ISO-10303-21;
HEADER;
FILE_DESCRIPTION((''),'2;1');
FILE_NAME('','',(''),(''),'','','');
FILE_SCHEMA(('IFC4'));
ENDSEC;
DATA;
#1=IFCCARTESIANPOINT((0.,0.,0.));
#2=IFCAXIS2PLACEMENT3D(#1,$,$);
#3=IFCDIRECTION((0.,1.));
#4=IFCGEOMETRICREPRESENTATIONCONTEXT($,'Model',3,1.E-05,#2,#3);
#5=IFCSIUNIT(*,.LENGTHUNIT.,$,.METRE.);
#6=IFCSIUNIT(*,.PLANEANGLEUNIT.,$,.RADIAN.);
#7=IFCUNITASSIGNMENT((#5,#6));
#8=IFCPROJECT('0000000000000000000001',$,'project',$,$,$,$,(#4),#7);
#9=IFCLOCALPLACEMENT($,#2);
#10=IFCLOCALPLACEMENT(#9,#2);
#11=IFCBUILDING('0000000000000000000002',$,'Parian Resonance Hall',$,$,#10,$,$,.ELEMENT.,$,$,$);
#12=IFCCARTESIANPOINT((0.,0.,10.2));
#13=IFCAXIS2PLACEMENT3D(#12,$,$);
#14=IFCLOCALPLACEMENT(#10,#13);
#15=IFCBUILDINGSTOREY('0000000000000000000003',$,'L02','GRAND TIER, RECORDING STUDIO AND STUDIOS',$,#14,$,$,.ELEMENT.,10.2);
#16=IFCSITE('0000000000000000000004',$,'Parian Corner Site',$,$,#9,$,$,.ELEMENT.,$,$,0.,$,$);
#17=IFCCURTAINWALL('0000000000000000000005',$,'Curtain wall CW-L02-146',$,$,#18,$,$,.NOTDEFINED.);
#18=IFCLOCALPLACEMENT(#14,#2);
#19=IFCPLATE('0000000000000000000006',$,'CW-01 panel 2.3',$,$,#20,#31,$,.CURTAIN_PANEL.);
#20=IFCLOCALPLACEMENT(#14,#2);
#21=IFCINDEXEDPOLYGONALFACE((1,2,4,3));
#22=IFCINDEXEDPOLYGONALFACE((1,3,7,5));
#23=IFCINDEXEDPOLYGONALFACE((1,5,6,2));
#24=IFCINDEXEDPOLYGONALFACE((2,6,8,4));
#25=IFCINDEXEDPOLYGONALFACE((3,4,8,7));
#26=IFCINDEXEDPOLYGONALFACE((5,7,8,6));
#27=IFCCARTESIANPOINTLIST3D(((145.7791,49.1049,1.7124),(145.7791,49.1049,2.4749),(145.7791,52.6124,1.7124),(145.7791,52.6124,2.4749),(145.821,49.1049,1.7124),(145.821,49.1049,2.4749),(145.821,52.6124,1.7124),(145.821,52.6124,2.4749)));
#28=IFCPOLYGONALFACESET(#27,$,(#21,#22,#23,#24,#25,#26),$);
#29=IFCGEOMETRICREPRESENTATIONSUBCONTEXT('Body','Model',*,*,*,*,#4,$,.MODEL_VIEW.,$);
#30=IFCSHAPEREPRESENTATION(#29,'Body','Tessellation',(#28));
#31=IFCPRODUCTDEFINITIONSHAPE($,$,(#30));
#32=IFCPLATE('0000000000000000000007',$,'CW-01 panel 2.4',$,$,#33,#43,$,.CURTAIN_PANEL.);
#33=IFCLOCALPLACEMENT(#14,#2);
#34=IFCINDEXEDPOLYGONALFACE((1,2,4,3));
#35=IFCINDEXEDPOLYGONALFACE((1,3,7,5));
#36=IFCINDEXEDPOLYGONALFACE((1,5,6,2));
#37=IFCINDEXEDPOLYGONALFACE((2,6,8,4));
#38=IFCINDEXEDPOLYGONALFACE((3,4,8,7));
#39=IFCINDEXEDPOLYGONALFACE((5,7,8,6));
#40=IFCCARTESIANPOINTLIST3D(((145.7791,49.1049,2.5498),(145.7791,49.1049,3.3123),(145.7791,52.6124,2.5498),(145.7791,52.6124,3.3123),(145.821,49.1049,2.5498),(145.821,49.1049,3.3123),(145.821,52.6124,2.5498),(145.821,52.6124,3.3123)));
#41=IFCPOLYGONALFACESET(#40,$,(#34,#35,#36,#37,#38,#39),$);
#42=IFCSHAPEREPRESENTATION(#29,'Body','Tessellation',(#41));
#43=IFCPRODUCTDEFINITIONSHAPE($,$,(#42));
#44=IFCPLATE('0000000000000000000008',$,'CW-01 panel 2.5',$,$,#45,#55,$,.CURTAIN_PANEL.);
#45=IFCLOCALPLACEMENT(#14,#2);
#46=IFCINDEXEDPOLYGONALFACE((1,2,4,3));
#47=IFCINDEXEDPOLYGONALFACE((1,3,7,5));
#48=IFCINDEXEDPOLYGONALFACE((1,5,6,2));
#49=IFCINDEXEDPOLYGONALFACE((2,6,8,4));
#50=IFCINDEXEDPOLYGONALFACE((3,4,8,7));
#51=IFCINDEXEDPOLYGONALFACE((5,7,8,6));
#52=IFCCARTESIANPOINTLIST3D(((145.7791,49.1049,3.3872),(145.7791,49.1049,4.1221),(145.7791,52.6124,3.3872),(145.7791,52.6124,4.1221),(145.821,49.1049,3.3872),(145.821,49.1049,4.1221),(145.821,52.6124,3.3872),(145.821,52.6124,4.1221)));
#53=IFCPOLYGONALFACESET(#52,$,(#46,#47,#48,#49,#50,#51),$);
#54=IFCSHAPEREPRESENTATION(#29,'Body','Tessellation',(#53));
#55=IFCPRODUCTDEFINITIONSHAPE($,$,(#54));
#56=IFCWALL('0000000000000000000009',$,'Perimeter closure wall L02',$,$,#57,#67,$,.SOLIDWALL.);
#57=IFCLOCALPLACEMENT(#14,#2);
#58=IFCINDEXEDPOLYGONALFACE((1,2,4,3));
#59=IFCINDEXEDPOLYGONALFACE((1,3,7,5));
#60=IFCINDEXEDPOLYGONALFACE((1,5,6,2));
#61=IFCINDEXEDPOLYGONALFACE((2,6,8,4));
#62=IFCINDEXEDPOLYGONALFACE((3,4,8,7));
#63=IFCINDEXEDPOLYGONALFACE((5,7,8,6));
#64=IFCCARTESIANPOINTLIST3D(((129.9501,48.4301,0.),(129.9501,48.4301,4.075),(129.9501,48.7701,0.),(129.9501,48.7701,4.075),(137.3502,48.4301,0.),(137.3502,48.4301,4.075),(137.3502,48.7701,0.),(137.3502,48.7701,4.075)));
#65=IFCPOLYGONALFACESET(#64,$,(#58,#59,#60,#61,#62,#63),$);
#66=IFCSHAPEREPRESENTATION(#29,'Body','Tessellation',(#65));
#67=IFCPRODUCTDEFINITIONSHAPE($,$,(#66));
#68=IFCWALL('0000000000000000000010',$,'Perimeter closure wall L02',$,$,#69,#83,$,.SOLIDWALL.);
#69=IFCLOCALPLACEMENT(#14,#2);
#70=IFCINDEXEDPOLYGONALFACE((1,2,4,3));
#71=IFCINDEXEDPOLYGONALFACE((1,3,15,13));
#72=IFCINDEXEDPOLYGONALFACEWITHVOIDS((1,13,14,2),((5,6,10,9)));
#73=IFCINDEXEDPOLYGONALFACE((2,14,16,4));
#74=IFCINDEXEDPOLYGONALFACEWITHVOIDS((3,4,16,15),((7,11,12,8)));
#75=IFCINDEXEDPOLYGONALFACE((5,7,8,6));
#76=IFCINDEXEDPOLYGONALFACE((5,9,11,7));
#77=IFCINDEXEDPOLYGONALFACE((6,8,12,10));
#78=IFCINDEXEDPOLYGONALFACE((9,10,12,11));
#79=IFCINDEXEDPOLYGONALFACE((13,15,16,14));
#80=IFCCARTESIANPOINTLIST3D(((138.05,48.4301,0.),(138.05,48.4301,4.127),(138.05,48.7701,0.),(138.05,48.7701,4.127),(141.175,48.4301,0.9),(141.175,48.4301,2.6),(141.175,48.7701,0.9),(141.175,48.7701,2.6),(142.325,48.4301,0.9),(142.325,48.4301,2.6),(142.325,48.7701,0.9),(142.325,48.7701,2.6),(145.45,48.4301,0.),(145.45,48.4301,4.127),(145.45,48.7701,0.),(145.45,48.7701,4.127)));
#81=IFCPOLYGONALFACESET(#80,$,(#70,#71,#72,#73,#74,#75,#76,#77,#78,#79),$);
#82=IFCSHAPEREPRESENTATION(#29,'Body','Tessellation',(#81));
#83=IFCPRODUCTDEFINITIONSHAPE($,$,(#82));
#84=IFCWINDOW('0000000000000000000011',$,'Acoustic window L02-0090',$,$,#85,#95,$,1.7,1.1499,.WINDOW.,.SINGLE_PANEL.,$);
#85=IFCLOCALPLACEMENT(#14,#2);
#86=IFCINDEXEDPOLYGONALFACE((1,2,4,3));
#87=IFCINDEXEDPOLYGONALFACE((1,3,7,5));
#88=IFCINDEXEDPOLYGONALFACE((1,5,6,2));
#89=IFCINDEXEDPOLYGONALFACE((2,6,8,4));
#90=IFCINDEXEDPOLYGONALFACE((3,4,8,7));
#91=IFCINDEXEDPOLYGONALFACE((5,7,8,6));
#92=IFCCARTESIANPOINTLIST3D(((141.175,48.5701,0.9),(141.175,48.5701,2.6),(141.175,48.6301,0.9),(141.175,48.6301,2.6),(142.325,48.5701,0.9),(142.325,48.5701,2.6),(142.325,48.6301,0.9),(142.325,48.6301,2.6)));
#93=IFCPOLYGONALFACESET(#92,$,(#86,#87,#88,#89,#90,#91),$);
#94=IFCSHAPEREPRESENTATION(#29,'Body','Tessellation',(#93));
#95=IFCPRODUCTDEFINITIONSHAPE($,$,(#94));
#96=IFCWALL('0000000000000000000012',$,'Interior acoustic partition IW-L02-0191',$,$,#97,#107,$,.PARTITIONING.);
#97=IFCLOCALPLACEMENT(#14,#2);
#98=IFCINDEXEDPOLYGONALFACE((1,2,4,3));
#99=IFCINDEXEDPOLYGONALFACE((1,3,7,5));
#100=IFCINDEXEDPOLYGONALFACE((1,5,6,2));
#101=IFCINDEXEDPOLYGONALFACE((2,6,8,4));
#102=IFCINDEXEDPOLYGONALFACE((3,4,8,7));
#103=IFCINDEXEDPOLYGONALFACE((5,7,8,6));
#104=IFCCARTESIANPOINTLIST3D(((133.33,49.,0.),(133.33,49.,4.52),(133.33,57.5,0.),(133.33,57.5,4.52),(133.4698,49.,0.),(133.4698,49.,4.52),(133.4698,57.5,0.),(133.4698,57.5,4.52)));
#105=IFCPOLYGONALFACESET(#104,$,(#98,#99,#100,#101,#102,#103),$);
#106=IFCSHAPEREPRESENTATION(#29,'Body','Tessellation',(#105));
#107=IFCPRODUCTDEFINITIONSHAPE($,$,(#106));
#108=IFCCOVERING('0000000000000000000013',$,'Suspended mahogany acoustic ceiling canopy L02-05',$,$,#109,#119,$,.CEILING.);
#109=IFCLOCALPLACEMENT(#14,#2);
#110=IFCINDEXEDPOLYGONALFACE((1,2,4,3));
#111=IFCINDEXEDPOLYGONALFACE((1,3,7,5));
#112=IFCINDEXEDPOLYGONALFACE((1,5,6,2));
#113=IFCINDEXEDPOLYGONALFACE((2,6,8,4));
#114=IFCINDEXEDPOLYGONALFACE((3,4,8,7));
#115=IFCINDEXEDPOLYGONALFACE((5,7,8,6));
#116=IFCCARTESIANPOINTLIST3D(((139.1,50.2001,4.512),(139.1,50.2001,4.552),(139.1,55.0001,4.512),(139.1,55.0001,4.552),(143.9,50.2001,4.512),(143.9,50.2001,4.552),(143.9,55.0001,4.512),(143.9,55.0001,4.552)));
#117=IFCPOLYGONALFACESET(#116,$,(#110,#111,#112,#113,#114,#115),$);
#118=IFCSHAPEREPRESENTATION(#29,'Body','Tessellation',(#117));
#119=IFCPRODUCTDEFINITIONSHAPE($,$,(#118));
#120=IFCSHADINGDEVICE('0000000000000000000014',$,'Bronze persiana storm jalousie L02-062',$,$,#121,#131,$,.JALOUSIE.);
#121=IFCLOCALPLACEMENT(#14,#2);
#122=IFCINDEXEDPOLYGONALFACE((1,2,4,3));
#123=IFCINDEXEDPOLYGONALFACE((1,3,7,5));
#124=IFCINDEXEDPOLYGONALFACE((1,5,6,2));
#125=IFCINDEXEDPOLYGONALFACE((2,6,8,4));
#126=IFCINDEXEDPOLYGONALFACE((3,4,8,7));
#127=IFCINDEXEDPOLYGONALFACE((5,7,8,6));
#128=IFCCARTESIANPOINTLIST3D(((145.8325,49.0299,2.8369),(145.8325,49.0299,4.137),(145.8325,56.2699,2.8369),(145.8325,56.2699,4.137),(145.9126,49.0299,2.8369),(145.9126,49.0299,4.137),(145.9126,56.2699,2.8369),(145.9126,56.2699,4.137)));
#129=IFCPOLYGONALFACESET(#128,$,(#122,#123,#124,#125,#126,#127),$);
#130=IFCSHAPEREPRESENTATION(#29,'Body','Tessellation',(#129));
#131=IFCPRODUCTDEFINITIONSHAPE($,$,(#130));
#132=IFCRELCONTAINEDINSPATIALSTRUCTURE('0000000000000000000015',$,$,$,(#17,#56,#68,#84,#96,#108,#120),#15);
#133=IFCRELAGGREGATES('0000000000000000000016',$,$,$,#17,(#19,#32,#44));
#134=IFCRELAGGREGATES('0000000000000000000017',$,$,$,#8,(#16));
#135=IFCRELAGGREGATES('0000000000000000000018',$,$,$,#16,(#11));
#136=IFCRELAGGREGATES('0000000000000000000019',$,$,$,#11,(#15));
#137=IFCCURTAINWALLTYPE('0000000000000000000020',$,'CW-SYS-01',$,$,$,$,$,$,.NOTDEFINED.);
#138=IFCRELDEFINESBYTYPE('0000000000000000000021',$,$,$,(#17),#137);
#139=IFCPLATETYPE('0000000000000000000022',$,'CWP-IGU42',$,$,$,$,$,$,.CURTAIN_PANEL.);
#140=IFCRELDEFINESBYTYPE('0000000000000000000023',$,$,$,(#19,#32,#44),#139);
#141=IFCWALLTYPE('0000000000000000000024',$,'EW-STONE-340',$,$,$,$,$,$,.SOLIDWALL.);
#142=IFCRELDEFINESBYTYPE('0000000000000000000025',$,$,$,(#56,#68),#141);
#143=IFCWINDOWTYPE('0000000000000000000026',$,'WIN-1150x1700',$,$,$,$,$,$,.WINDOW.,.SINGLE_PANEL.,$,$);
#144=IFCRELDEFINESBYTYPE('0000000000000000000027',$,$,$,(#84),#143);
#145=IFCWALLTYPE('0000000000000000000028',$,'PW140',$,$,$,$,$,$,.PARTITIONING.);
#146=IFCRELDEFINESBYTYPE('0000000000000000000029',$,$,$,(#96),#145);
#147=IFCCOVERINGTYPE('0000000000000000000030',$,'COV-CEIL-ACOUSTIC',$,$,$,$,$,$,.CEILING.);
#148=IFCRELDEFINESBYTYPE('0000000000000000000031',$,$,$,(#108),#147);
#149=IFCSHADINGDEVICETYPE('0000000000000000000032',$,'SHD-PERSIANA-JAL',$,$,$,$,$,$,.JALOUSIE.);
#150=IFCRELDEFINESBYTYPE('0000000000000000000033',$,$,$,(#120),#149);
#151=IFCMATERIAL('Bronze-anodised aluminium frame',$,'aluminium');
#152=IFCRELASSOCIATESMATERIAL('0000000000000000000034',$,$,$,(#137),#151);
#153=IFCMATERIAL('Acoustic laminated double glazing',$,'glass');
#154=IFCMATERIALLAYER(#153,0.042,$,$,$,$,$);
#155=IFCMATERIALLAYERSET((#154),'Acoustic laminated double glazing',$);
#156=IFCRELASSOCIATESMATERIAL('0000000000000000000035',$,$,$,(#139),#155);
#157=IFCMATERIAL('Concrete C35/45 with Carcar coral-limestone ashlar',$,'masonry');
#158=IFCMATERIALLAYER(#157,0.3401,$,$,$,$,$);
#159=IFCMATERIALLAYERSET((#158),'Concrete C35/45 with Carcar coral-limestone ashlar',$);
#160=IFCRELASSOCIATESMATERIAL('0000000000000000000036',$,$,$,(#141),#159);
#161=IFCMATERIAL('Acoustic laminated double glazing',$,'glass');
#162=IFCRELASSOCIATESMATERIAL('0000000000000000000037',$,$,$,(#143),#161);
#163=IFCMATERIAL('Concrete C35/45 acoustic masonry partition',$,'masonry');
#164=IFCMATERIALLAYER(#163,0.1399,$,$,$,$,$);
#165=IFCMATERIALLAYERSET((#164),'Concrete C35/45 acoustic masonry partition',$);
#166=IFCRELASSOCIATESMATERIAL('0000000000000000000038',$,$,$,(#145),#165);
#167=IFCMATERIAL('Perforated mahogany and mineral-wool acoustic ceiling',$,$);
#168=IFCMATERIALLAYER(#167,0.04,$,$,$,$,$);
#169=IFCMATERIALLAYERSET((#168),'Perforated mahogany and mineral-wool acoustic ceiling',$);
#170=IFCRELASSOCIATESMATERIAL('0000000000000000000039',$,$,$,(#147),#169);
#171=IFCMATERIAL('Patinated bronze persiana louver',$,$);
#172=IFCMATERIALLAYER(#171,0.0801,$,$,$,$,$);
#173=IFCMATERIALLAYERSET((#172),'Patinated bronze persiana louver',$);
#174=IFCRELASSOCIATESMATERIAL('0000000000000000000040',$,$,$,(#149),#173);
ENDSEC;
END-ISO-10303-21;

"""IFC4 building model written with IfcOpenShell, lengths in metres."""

from ifc_helpers import new_model, si_unit, direction, frame, frame_2d, origin, origin_2d, place, context, subcontext, project, spatial, rectangle, extrude, material, layer, layer_set, type_object, element, fill, aggregate, save


model = new_model("IFC4")

# Units and contexts
model_context = context("Model", 3, precision=1e-05, world=origin(), true_north=direction((0.0, 1.0)))
body_context = subcontext(model_context, "Body", "Model", "MODEL_VIEW")
ifc_project = project(units=[si_unit("LENGTHUNIT", "METRE"), si_unit("PLANEANGLEUNIT", "RADIAN")], contexts=[model_context])

# Site, building, storey
site_placement = place(None, origin())
site = spatial("IfcSite", under=ifc_project, at=site_placement, Name="Parian Corner Site", CompositionType="ELEMENT", RefElevation=0.0)
building_placement = place(site_placement, origin())
building = spatial("IfcBuilding", under=site, at=building_placement, Name="Parian Resonance Hall", CompositionType="ELEMENT")
storey_placement = place(building_placement, frame((0.0, 0.0, 10.2)))
storey = spatial("IfcBuildingStorey", under=building, at=storey_placement, Name="L02", Description="GRAND TIER, RECORDING STUDIO AND STUDIOS", CompositionType="ELEMENT", Elevation=10.2)

# Curtain wall, plates
ifc_material_1 = material(Name="Bronze-anodised aluminium frame", Category="aluminium")
curtain_wall_type = type_object("IfcCurtainWallType", Name="CW-SYS-01", PredefinedType="NOTDEFINED", material=ifc_material_1)
curtain_wall_placement = place(storey_placement, origin())
curtain_wall = element("IfcCurtainWall", 1, at=curtain_wall_placement, inside=storey, type_object=curtain_wall_type, Name="Curtain wall CW-L02-146", PredefinedType="NOTDEFINED")
ifc_material_2 = material(Name="Acoustic laminated double glazing", Category="glass")
ifc_layer_1 = layer(ifc_material_2, 0.042)
ifc_layer_set_1 = layer_set([ifc_layer_1], Name="Acoustic laminated double glazing")
plate_type = type_object("IfcPlateType", Name="CWP-IGU42", PredefinedType="CURTAIN_PANEL", material=ifc_layer_set_1)
plate_1_placement = place(storey_placement, frame((145.8, 50.8586, 1.7124), z_axis=(0.0, 0.0, 1.0), x_axis=(0.0, -1.0, 0.0)))
plate_1 = element("IfcPlate", 2, at=plate_1_placement, type_object=plate_type, Name="CW-01 panel 2.3", PredefinedType="CURTAIN_PANEL", context=body_context, shape_type="SweptSolid", body=[
    extrude(rectangle(XDim=3.5076, YDim=0.042, at=origin_2d()), origin(), (0.0, 0.0, 1.0), 0.7625),
])
plate_2_placement = place(storey_placement, frame((145.8, 50.8586, 2.5498), z_axis=(0.0, 0.0, 1.0), x_axis=(0.0, -1.0, 0.0)))
plate_2 = element("IfcPlate", 3, at=plate_2_placement, type_object=plate_type, Name="CW-01 panel 2.4", PredefinedType="CURTAIN_PANEL", context=body_context, shape_type="SweptSolid", body=[
    extrude(rectangle(XDim=3.5076, YDim=0.042, at=origin_2d()), origin(), (0.0, 0.0, 1.0), 0.7625),
])
plate_3_placement = place(storey_placement, frame((145.8, 50.8586, 3.3872), z_axis=(0.0, 0.0, 1.0), x_axis=(0.0, -1.0, 0.0)))
plate_3 = element("IfcPlate", 4, at=plate_3_placement, type_object=plate_type, Name="CW-01 panel 2.5", PredefinedType="CURTAIN_PANEL", context=body_context, shape_type="SweptSolid", body=[
    extrude(rectangle(XDim=3.5076, YDim=0.042, at=origin_2d()), origin(), (0.0, 0.0, 1.0), 0.7349),
])
aggregate(curtain_wall, [plate_1, plate_2, plate_3])

# Wall
ifc_material_3 = material(Name="Concrete C35/45 with Carcar coral-limestone ashlar", Category="masonry")
ifc_layer_2 = layer(ifc_material_3, 0.3401)
ifc_layer_set_2 = layer_set([ifc_layer_2], Name="Concrete C35/45 with Carcar coral-limestone ashlar")
wall_type_1 = type_object("IfcWallType", Name="EW-STONE-340", PredefinedType="SOLIDWALL", material=ifc_layer_set_2)
wall_1_placement = place(storey_placement, frame((129.95, 48.6001, 0.0), z_axis=(0.0, 0.0, 1.0), x_axis=(1.0, 0.0, 0.0)))
element("IfcWall", 5, at=wall_1_placement, inside=storey, type_object=wall_type_1, Name="Perimeter closure wall L02", PredefinedType="SOLIDWALL", context=body_context, shape_type="SweptSolid", body=[
    extrude(rectangle(XDim=7.4001, YDim=0.3401, at=frame_2d((3.7002, 0.0))), origin(), (0.0, 0.0, 1.0), 4.075),
])

# Wall, opening, window
wall_2_placement = place(storey_placement, frame((138.05, 48.6001, 0.0), z_axis=(0.0, 0.0, 1.0), x_axis=(1.0, 0.0, 0.0)))
wall_2 = element("IfcWall", 6, at=wall_2_placement, inside=storey, type_object=wall_type_1, Name="Perimeter closure wall L02", PredefinedType="SOLIDWALL", context=body_context, shape_type="SweptSolid", body=[
    extrude(rectangle(XDim=7.3999, YDim=0.3401, at=frame_2d((3.7, 0.0))), origin(), (0.0, 0.0, 1.0), 4.127),
])
opening_placement = place(wall_2_placement, frame((3.125, 0.0, 0.8999)))
opening = element("IfcOpeningElement", 7, at=opening_placement, cuts=wall_2, PredefinedType="OPENING", context=body_context, shape_type="SweptSolid", body=[
    extrude(rectangle(XDim=1.1499, YDim=1.7, at=frame_2d((0.575, 0.8501))), frame((0.0, 0.1799, 0.0), z_axis=(0.0, -1.0, 0.0), x_axis=(1.0, 0.0, 0.0)), (0.0, 0.0, 1.0), 0.3601),
])
ifc_material_4 = material(Name="Acoustic laminated double glazing", Category="glass")
window_type = type_object("IfcWindowType", Name="WIN-1150x1700", PartitioningType="SINGLE_PANEL", PredefinedType="WINDOW", material=ifc_material_4)
window_placement = place(opening_placement, origin())
window = element("IfcWindow", 8, at=window_placement, inside=storey, type_object=window_type, Name="Acoustic window L02-0090", OverallHeight=1.7, OverallWidth=1.1499, PartitioningType="SINGLE_PANEL", PredefinedType="WINDOW", context=body_context, shape_type="SweptSolid", body=[
    extrude(rectangle(XDim=1.1499, YDim=1.7, at=frame_2d((0.575, 0.8501))), frame((0.0, 0.03, 0.0), z_axis=(0.0, -1.0, 0.0), x_axis=(1.0, 0.0, 0.0)), (0.0, 0.0, 1.0), 0.0601),
])
fill(opening, window)

# Wall
ifc_material_5 = material(Name="Concrete C35/45 acoustic masonry partition", Category="masonry")
ifc_layer_3 = layer(ifc_material_5, 0.1399)
ifc_layer_set_3 = layer_set([ifc_layer_3], Name="Concrete C35/45 acoustic masonry partition")
wall_type_2 = type_object("IfcWallType", Name="PW140", PredefinedType="PARTITIONING", material=ifc_layer_set_3)
wall_3_placement = place(storey_placement, frame((133.3999, 49.0, 0.0), z_axis=(0.0, 0.0, 1.0), x_axis=(0.0, 1.0, 0.0)))
element("IfcWall", 9, at=wall_3_placement, inside=storey, type_object=wall_type_2, Name="Interior acoustic partition IW-L02-0191", PredefinedType="PARTITIONING", context=body_context, shape_type="SweptSolid", body=[
    extrude(rectangle(XDim=8.5, YDim=0.1399, at=frame_2d((4.25, 0.0))), origin(), (0.0, 0.0, 1.0), 4.52),
])

# Covering
ifc_material_6 = material(Name="Perforated mahogany and mineral-wool acoustic ceiling")
ifc_layer_4 = layer(ifc_material_6, 0.04)
ifc_layer_set_4 = layer_set([ifc_layer_4], Name="Perforated mahogany and mineral-wool acoustic ceiling")
covering_type = type_object("IfcCoveringType", Name="COV-CEIL-ACOUSTIC", PredefinedType="CEILING", material=ifc_layer_set_4)
covering_placement = place(storey_placement, frame((141.5, 52.6001, 4.512), z_axis=(0.0, 0.0, 1.0), x_axis=(1.0, 0.0, 0.0)))
element("IfcCovering", 10, at=covering_placement, inside=storey, type_object=covering_type, Name="Suspended mahogany acoustic ceiling canopy L02-05", PredefinedType="CEILING", context=body_context, shape_type="SweptSolid", body=[
    extrude(rectangle(XDim=4.8, YDim=4.8, at=origin_2d()), origin(), (0.0, 0.0, 1.0), 0.04),
])

# Shading device
ifc_material_7 = material(Name="Patinated bronze persiana louver")
ifc_layer_5 = layer(ifc_material_7, 0.0801)
ifc_layer_set_5 = layer_set([ifc_layer_5], Name="Patinated bronze persiana louver")
shading_device_type = type_object("IfcShadingDeviceType", Name="SHD-PERSIANA-JAL", PredefinedType="JALOUSIE", material=ifc_layer_set_5)
shading_device_placement = place(storey_placement, frame((145.8726, 52.6499, 2.8369), z_axis=(0.0, 0.0, 1.0), x_axis=(0.0, -1.0, 0.0)))
element("IfcShadingDevice", 11, at=shading_device_placement, inside=storey, type_object=shading_device_type, Name="Bronze persiana storm jalousie L02-062", PredefinedType="JALOUSIE", context=body_context, shape_type="SweptSolid", body=[
    extrude(rectangle(XDim=7.24, YDim=0.0801, at=origin_2d()), origin(), (0.0, 0.0, 1.0), 1.3),
])

save(model, "model.ifc")
